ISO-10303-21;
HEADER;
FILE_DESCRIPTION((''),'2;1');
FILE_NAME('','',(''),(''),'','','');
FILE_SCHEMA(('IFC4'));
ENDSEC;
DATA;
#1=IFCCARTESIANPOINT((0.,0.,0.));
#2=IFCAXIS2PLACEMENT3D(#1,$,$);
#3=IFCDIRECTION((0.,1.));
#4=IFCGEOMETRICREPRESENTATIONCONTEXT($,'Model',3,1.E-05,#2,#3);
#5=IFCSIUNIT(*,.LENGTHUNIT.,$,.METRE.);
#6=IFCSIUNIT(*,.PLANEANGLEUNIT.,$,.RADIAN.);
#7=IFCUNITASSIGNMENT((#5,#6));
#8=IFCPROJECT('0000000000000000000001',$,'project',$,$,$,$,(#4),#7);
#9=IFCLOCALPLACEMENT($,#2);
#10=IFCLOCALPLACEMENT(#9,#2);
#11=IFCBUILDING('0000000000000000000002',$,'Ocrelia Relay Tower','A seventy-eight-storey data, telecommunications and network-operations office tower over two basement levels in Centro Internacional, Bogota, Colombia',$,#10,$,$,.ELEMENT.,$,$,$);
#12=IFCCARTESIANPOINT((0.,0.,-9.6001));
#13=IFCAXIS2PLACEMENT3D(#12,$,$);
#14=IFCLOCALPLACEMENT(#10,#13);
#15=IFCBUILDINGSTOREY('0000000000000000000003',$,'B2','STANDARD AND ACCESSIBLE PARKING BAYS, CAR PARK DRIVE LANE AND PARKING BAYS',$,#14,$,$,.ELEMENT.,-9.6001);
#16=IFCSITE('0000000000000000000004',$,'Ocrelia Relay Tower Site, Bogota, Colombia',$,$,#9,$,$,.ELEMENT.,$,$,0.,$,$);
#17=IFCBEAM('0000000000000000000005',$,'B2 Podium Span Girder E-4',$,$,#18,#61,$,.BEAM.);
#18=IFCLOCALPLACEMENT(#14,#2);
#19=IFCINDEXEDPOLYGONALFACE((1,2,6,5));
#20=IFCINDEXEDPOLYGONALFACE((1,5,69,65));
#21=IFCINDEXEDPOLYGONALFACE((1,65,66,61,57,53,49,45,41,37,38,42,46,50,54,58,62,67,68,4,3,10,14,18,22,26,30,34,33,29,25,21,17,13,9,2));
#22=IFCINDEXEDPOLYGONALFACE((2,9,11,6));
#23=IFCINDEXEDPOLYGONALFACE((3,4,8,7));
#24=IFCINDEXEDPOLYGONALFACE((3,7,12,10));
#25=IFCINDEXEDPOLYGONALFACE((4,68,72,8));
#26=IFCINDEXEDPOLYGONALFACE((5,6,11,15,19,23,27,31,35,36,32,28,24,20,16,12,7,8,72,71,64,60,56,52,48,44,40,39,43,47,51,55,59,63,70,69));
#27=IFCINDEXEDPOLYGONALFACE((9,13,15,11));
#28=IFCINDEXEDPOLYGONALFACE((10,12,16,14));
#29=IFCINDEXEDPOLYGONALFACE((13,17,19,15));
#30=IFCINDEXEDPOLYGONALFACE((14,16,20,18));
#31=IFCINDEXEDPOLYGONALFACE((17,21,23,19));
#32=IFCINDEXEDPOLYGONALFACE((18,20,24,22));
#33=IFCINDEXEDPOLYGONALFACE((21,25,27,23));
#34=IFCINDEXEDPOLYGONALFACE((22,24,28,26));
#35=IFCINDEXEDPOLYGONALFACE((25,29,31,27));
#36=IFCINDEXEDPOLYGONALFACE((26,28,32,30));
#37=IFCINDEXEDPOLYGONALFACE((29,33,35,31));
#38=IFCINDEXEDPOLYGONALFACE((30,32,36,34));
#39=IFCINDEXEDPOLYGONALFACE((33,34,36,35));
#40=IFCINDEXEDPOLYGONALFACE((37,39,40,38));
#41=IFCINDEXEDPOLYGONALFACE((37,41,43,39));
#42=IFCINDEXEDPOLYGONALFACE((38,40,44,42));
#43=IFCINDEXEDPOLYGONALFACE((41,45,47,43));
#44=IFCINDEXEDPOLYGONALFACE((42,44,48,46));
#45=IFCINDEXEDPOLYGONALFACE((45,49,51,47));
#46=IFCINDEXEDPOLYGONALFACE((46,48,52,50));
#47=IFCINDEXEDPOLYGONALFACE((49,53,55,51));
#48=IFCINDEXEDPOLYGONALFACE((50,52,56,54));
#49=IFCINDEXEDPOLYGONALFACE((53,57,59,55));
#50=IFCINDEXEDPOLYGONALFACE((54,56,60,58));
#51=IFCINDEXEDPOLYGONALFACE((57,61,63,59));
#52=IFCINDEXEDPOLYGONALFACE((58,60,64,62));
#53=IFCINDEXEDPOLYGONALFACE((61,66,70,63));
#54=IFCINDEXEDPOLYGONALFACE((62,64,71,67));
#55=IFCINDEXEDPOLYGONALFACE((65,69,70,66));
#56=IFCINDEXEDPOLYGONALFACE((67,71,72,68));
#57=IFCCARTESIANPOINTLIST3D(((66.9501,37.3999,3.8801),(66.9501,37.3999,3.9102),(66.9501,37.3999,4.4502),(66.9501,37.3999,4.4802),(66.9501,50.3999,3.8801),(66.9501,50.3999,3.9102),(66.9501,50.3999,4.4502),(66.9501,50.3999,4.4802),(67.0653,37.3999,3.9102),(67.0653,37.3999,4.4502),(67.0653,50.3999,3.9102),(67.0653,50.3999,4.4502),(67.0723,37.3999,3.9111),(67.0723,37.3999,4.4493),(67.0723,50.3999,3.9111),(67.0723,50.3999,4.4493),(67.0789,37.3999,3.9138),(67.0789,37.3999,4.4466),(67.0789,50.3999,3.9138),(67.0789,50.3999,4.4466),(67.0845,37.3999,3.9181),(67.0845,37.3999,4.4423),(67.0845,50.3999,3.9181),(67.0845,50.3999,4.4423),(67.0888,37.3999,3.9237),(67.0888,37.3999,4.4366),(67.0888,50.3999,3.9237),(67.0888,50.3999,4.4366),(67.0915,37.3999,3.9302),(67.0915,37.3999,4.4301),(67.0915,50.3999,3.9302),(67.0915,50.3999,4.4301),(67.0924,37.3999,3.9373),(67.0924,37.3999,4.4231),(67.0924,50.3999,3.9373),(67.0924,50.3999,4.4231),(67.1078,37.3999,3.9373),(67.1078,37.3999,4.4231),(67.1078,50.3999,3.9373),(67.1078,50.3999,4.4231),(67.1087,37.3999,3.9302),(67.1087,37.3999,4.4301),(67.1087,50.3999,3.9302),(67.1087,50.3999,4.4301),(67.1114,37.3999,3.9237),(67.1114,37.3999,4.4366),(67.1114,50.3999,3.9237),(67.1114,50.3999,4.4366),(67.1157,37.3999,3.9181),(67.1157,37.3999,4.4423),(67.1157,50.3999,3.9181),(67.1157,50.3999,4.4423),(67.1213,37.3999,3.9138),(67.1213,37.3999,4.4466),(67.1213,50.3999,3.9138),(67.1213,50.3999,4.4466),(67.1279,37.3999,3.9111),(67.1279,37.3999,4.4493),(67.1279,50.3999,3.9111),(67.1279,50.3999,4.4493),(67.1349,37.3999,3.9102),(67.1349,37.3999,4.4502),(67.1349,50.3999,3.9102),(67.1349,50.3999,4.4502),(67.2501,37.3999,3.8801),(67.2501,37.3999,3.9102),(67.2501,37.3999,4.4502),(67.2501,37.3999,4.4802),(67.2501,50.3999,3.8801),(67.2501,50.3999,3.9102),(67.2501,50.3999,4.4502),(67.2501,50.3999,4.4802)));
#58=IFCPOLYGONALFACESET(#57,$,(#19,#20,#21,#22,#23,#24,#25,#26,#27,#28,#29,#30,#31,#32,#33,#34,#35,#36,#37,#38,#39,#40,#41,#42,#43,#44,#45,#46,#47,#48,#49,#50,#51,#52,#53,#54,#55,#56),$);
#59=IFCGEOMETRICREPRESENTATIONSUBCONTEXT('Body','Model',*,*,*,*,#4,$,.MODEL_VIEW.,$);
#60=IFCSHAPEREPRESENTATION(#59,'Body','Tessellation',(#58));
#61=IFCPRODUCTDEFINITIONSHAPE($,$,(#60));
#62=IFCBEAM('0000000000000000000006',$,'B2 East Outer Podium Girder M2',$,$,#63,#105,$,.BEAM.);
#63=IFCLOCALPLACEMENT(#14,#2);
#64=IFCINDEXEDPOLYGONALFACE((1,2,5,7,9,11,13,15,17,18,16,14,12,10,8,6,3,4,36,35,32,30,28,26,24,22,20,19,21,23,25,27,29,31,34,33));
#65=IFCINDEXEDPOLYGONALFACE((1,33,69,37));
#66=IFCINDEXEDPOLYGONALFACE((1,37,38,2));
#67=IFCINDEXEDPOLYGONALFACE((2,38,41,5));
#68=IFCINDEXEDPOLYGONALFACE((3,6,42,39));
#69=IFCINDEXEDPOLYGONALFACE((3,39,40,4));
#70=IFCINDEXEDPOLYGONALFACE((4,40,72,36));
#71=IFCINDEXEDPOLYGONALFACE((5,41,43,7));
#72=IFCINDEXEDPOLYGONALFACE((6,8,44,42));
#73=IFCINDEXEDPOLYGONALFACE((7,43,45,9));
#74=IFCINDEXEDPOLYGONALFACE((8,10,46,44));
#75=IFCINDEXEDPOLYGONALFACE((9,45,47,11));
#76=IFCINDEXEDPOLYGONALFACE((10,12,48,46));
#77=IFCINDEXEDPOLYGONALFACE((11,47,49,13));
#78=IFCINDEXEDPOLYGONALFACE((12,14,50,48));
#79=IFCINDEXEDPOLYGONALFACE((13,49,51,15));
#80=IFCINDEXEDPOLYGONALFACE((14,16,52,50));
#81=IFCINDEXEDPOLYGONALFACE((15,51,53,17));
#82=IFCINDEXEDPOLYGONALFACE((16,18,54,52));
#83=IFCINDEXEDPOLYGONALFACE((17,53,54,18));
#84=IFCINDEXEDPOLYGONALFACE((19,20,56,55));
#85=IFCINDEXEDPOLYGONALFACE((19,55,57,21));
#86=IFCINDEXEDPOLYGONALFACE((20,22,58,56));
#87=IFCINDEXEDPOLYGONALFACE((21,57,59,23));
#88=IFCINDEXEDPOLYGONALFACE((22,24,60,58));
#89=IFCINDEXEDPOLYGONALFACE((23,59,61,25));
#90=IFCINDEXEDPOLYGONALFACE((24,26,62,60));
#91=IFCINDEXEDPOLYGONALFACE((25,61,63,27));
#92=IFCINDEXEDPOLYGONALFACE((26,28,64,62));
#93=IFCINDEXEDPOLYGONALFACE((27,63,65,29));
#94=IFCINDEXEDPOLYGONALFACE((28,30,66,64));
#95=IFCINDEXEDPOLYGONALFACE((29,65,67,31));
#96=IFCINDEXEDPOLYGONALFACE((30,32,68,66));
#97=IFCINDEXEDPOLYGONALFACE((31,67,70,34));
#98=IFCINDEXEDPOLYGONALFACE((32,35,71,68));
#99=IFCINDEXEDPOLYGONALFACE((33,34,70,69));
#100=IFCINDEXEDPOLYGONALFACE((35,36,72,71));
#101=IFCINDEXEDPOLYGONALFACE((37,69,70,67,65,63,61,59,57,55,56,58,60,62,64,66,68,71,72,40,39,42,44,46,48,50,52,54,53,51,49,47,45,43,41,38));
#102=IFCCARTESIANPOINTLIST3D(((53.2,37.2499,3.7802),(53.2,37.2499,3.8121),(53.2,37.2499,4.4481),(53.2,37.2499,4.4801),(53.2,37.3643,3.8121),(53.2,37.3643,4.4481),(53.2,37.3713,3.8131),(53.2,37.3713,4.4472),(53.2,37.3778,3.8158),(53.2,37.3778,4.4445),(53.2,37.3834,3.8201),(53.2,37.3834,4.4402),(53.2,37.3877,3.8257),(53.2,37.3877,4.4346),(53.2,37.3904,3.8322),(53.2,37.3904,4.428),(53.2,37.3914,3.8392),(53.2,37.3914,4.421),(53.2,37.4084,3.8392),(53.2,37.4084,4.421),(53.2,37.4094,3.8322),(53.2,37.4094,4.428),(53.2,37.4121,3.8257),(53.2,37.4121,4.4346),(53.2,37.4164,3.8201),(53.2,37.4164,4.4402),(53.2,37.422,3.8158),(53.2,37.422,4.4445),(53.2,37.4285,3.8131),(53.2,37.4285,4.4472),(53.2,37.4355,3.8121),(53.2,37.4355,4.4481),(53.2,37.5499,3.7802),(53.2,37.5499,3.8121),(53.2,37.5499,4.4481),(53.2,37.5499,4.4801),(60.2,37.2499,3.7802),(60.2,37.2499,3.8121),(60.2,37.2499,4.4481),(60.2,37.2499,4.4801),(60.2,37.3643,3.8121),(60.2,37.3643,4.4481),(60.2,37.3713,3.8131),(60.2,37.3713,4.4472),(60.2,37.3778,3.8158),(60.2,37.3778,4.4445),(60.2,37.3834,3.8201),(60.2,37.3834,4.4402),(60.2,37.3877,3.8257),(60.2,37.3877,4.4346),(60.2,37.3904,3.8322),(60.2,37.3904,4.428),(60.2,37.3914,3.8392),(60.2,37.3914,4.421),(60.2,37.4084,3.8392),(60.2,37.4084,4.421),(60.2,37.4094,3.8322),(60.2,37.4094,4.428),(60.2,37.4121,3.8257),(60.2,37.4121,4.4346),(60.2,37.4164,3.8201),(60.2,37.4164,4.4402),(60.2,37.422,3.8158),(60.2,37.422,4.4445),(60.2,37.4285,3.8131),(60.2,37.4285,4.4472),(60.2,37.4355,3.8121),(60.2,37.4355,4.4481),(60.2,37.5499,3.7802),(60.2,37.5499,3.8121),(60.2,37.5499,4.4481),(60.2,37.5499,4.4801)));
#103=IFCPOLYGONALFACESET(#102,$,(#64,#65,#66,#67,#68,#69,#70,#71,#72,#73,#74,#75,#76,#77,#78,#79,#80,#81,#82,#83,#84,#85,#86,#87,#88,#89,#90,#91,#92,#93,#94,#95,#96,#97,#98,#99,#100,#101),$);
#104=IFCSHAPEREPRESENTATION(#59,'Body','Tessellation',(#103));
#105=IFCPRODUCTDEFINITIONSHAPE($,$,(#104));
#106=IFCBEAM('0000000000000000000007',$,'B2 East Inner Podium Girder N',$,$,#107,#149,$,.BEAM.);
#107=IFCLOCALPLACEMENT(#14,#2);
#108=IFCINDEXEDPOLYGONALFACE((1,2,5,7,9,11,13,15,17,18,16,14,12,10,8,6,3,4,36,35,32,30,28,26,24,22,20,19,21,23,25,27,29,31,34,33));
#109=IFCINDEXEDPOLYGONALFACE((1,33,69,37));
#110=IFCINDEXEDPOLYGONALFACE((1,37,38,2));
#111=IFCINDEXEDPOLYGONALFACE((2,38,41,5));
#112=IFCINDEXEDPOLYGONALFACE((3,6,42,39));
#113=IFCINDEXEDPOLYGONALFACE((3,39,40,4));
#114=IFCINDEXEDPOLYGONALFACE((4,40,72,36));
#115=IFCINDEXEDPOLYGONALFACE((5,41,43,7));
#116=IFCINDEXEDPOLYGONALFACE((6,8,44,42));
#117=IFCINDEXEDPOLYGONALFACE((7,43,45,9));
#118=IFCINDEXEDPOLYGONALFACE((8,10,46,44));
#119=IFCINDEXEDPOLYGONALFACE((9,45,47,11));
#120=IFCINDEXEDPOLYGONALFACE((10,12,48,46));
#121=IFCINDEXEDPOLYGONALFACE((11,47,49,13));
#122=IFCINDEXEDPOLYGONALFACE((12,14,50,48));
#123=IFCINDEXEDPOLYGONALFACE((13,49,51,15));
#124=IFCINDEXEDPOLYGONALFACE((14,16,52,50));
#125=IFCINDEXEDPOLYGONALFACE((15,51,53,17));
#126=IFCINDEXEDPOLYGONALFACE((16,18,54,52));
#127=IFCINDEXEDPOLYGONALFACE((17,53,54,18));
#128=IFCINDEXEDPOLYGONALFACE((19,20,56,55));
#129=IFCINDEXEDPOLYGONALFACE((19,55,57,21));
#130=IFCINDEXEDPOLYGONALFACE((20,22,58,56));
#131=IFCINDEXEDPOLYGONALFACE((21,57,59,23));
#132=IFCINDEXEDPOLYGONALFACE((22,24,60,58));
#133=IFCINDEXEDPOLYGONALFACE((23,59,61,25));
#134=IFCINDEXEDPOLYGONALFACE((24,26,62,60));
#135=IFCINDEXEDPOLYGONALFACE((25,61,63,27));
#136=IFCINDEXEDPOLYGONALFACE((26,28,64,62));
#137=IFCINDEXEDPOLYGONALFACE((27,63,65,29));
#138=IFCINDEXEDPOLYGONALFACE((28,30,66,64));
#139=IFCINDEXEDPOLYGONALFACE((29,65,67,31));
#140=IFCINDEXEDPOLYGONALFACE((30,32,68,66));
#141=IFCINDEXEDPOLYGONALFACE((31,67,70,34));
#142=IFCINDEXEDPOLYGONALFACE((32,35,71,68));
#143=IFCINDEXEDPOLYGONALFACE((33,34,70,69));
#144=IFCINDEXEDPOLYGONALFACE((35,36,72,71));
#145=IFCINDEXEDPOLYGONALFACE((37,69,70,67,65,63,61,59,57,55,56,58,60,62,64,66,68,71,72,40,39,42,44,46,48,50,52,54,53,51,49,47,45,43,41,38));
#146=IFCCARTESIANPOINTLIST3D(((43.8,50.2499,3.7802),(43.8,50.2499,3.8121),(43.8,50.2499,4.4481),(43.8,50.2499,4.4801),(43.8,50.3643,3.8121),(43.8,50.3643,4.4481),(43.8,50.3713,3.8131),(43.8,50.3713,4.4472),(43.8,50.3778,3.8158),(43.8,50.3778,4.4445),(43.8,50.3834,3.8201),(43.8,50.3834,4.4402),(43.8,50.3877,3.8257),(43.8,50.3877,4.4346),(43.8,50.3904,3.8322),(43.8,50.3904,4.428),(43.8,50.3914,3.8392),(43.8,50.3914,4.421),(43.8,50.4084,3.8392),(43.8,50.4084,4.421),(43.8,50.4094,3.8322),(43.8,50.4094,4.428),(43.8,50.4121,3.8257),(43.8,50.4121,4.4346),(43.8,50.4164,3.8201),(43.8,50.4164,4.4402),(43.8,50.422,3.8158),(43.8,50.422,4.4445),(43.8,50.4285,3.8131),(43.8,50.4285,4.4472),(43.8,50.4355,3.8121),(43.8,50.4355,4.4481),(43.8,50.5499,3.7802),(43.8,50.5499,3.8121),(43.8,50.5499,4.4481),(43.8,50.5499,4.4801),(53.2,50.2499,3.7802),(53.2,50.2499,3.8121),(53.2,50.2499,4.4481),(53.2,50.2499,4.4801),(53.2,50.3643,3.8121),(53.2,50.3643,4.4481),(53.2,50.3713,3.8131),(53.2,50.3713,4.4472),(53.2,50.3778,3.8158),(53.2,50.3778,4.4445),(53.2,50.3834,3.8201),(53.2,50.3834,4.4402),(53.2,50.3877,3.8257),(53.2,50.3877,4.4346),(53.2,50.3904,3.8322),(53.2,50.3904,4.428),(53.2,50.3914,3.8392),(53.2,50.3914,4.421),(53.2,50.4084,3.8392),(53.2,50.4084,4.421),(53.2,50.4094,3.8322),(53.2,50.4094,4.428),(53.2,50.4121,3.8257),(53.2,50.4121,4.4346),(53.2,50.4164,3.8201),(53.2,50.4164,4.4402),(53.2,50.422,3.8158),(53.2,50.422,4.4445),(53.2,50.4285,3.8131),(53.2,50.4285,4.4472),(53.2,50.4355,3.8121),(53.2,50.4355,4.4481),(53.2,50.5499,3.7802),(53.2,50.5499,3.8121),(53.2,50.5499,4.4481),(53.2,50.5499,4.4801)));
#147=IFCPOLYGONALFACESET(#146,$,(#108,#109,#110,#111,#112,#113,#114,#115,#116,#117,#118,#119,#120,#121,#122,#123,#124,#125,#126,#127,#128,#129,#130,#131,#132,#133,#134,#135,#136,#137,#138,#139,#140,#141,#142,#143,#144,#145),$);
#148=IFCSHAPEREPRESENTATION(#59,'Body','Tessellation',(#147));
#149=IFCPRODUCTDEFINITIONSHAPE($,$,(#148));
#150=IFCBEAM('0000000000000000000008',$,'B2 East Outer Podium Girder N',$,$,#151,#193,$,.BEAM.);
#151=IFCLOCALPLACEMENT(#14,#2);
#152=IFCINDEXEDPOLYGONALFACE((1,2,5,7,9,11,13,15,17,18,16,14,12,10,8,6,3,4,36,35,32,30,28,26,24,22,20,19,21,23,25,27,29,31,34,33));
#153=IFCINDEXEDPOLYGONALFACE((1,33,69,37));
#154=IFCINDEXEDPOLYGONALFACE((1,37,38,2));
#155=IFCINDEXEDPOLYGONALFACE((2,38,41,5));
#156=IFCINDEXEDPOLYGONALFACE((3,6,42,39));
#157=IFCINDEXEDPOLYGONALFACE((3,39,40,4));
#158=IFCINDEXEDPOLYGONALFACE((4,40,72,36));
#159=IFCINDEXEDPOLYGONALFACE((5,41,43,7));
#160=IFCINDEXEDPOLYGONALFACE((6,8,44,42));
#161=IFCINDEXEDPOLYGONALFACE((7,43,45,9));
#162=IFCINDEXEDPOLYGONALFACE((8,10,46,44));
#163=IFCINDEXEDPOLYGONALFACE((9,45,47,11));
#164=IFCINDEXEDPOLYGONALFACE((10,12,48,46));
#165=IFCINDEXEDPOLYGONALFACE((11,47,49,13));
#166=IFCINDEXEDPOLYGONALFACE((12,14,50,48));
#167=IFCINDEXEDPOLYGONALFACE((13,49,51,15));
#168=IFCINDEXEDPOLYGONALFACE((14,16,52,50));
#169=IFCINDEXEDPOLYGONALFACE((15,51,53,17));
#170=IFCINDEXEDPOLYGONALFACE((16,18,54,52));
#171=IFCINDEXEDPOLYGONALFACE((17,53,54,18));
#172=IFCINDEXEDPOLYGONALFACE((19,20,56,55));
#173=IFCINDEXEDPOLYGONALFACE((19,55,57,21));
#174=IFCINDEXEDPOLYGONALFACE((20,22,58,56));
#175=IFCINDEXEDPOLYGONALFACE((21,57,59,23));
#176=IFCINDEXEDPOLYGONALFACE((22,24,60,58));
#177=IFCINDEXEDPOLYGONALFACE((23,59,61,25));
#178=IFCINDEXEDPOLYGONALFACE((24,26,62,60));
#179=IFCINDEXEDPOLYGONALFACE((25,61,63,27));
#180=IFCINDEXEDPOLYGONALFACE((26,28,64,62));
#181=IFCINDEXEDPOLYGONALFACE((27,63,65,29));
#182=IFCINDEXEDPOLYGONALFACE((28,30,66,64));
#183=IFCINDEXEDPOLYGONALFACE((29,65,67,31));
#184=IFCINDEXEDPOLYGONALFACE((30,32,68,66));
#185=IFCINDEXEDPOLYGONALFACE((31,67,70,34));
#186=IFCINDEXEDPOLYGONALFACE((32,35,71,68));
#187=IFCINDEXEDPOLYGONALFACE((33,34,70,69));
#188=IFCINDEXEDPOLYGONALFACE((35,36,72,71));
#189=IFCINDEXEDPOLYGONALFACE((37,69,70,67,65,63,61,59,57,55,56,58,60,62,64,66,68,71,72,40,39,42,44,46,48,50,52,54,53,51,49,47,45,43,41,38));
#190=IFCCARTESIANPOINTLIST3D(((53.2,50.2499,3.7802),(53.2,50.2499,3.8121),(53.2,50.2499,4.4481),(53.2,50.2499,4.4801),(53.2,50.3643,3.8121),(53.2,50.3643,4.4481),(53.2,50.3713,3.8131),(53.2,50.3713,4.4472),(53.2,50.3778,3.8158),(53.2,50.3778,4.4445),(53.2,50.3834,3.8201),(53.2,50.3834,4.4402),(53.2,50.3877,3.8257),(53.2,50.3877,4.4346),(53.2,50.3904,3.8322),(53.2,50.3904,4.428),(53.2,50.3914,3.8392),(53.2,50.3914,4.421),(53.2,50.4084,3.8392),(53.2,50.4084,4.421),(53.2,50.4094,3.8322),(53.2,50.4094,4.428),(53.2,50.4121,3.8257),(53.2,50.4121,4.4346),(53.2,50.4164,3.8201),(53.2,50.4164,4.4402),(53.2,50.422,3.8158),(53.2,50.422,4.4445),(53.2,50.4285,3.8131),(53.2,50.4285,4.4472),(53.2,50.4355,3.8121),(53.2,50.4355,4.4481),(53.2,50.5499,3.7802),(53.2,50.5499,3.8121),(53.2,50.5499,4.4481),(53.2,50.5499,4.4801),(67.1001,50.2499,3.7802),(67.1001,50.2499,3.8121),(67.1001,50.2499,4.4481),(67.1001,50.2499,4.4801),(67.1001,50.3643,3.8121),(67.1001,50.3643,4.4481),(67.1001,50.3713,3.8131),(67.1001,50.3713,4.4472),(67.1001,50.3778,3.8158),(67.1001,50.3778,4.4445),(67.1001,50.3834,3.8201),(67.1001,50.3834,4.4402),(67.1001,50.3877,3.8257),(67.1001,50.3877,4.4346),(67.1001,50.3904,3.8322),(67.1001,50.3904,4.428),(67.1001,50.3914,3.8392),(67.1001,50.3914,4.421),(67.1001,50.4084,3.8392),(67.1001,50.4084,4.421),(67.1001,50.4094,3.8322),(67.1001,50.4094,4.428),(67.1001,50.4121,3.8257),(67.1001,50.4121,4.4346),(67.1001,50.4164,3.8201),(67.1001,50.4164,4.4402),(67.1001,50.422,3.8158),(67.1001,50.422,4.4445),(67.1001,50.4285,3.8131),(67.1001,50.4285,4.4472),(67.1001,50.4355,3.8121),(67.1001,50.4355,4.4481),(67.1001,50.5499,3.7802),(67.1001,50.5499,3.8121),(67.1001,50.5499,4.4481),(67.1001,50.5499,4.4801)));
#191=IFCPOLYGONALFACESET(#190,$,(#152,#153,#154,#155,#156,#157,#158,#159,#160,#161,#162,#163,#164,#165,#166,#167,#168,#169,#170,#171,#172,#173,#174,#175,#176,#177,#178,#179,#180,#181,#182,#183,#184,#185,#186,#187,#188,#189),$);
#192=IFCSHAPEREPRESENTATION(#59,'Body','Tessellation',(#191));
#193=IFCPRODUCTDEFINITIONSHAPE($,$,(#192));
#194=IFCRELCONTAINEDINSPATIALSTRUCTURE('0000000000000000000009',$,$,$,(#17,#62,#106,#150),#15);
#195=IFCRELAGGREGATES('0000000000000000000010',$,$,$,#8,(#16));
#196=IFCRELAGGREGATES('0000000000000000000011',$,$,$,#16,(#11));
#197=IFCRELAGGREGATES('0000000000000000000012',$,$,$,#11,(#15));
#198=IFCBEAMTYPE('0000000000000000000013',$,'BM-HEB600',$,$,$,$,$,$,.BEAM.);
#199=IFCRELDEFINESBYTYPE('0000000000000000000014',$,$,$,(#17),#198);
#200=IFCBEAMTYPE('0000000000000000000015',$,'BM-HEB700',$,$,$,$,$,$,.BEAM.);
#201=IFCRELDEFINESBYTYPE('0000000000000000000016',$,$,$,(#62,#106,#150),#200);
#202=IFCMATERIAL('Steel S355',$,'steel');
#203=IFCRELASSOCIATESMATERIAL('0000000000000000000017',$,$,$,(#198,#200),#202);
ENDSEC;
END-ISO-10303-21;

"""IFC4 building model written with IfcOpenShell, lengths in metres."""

from ifc_helpers import new_model, si_unit, direction, frame, origin, origin_2d, place, context, subcontext, project, spatial, i_section, extrude, material, material_profile, profile_set, type_object, element, save


model = new_model("IFC4")

# Units and contexts
model_context = context("Model", 3, precision=1e-05, world=origin(), true_north=direction((0.0, 1.0)))
body_context = subcontext(model_context, "Body", "Model", "MODEL_VIEW")
ifc_project = project(units=[si_unit("LENGTHUNIT", "METRE"), si_unit("PLANEANGLEUNIT", "RADIAN")], contexts=[model_context])

# Site, building, storey
site_placement = place(None, origin())
site = spatial("IfcSite", under=ifc_project, at=site_placement, Name="Ocrelia Relay Tower Site, Bogota, Colombia", CompositionType="ELEMENT", RefElevation=0.0)
building_placement = place(site_placement, origin())
building = spatial("IfcBuilding", under=site, at=building_placement, Name="Ocrelia Relay Tower", Description="A seventy-eight-storey data, telecommunications and network-operations office tower over two basement levels in Centro Internacional, Bogota, Colombia", CompositionType="ELEMENT")
storey_placement = place(building_placement, frame((0.0, 0.0, -9.6001)))
storey = spatial("IfcBuildingStorey", under=building, at=storey_placement, Name="B2", Description="STANDARD AND ACCESSIBLE PARKING BAYS, CAR PARK DRIVE LANE AND PARKING BAYS", CompositionType="ELEMENT", Elevation=-9.6001)

# Beams
ifc_material_1 = material(Name="Steel S355", Category="steel")
ifc_material_profile_1 = material_profile(ifc_material_1, i_section(OverallWidth=0.3, OverallDepth=0.6001, WebThickness=0.0154, FlangeThickness=0.03, FilletRadius=0.0271, at=origin_2d()), Name="HEB 600")
ifc_profile_set_1 = profile_set([ifc_material_profile_1], Name="Steel S355")
beam_type_1 = type_object("IfcBeamType", Name="BM-HEB600", PredefinedType="BEAM", material=ifc_profile_set_1)
beam_1_placement = place(storey_placement, frame((67.1001, 37.3999, 4.1802), z_axis=(0.0, 1.0, 0.0), x_axis=(-1.0, 0.0, 0.0)))
element("IfcBeam", 1, at=beam_1_placement, inside=storey, type_object=beam_type_1, Name="B2 Podium Span Girder E-4", PredefinedType="BEAM", context=body_context, shape_type="SweptSolid", body=[
    extrude(i_section(OverallWidth=0.3, OverallDepth=0.6001, WebThickness=0.0154, FlangeThickness=0.03, FilletRadius=0.0271, at=origin_2d()), origin(), (0.0, 0.0, 1.0), 13.0),
])
ifc_material_profile_2 = material_profile(ifc_material_1, i_section(OverallWidth=0.3, OverallDepth=0.7, WebThickness=0.0171, FlangeThickness=0.032, FilletRadius=0.0271, at=origin_2d()), Name="HEB 700")
ifc_profile_set_2 = profile_set([ifc_material_profile_2], Name="Steel S355")
beam_type_2 = type_object("IfcBeamType", Name="BM-HEB700", PredefinedType="BEAM", material=ifc_profile_set_2)
beam_2_placement = place(storey_placement, frame((53.2, 37.3999, 4.1301), z_axis=(1.0, 0.0, 0.0), x_axis=(0.0, 1.0, 0.0)))
element("IfcBeam", 2, at=beam_2_placement, inside=storey, type_object=beam_type_2, Name="B2 East Outer Podium Girder M2", PredefinedType="BEAM", context=body_context, shape_type="SweptSolid", body=[
    extrude(i_section(OverallWidth=0.3, OverallDepth=0.7, WebThickness=0.0171, FlangeThickness=0.032, FilletRadius=0.0271, at=origin_2d()), origin(), (0.0, 0.0, 1.0), 7.0),
])
beam_3_placement = place(storey_placement, frame((43.8, 50.3999, 4.1301), z_axis=(1.0, 0.0, 0.0), x_axis=(0.0, 1.0, 0.0)))
element("IfcBeam", 3, at=beam_3_placement, inside=storey, type_object=beam_type_2, Name="B2 East Inner Podium Girder N", PredefinedType="BEAM", context=body_context, shape_type="SweptSolid", body=[
    extrude(i_section(OverallWidth=0.3, OverallDepth=0.7, WebThickness=0.0171, FlangeThickness=0.032, FilletRadius=0.0271, at=origin_2d()), origin(), (0.0, 0.0, 1.0), 9.3999),
])
beam_4_placement = place(storey_placement, frame((53.2, 50.3999, 4.1301), z_axis=(1.0, 0.0, 0.0), x_axis=(0.0, 1.0, 0.0)))
element("IfcBeam", 4, at=beam_4_placement, inside=storey, type_object=beam_type_2, Name="B2 East Outer Podium Girder N", PredefinedType="BEAM", context=body_context, shape_type="SweptSolid", body=[
    extrude(i_section(OverallWidth=0.3, OverallDepth=0.7, WebThickness=0.0171, FlangeThickness=0.032, FilletRadius=0.0271, at=origin_2d()), origin(), (0.0, 0.0, 1.0), 13.9001),
])

save(model, "model.ifc")
